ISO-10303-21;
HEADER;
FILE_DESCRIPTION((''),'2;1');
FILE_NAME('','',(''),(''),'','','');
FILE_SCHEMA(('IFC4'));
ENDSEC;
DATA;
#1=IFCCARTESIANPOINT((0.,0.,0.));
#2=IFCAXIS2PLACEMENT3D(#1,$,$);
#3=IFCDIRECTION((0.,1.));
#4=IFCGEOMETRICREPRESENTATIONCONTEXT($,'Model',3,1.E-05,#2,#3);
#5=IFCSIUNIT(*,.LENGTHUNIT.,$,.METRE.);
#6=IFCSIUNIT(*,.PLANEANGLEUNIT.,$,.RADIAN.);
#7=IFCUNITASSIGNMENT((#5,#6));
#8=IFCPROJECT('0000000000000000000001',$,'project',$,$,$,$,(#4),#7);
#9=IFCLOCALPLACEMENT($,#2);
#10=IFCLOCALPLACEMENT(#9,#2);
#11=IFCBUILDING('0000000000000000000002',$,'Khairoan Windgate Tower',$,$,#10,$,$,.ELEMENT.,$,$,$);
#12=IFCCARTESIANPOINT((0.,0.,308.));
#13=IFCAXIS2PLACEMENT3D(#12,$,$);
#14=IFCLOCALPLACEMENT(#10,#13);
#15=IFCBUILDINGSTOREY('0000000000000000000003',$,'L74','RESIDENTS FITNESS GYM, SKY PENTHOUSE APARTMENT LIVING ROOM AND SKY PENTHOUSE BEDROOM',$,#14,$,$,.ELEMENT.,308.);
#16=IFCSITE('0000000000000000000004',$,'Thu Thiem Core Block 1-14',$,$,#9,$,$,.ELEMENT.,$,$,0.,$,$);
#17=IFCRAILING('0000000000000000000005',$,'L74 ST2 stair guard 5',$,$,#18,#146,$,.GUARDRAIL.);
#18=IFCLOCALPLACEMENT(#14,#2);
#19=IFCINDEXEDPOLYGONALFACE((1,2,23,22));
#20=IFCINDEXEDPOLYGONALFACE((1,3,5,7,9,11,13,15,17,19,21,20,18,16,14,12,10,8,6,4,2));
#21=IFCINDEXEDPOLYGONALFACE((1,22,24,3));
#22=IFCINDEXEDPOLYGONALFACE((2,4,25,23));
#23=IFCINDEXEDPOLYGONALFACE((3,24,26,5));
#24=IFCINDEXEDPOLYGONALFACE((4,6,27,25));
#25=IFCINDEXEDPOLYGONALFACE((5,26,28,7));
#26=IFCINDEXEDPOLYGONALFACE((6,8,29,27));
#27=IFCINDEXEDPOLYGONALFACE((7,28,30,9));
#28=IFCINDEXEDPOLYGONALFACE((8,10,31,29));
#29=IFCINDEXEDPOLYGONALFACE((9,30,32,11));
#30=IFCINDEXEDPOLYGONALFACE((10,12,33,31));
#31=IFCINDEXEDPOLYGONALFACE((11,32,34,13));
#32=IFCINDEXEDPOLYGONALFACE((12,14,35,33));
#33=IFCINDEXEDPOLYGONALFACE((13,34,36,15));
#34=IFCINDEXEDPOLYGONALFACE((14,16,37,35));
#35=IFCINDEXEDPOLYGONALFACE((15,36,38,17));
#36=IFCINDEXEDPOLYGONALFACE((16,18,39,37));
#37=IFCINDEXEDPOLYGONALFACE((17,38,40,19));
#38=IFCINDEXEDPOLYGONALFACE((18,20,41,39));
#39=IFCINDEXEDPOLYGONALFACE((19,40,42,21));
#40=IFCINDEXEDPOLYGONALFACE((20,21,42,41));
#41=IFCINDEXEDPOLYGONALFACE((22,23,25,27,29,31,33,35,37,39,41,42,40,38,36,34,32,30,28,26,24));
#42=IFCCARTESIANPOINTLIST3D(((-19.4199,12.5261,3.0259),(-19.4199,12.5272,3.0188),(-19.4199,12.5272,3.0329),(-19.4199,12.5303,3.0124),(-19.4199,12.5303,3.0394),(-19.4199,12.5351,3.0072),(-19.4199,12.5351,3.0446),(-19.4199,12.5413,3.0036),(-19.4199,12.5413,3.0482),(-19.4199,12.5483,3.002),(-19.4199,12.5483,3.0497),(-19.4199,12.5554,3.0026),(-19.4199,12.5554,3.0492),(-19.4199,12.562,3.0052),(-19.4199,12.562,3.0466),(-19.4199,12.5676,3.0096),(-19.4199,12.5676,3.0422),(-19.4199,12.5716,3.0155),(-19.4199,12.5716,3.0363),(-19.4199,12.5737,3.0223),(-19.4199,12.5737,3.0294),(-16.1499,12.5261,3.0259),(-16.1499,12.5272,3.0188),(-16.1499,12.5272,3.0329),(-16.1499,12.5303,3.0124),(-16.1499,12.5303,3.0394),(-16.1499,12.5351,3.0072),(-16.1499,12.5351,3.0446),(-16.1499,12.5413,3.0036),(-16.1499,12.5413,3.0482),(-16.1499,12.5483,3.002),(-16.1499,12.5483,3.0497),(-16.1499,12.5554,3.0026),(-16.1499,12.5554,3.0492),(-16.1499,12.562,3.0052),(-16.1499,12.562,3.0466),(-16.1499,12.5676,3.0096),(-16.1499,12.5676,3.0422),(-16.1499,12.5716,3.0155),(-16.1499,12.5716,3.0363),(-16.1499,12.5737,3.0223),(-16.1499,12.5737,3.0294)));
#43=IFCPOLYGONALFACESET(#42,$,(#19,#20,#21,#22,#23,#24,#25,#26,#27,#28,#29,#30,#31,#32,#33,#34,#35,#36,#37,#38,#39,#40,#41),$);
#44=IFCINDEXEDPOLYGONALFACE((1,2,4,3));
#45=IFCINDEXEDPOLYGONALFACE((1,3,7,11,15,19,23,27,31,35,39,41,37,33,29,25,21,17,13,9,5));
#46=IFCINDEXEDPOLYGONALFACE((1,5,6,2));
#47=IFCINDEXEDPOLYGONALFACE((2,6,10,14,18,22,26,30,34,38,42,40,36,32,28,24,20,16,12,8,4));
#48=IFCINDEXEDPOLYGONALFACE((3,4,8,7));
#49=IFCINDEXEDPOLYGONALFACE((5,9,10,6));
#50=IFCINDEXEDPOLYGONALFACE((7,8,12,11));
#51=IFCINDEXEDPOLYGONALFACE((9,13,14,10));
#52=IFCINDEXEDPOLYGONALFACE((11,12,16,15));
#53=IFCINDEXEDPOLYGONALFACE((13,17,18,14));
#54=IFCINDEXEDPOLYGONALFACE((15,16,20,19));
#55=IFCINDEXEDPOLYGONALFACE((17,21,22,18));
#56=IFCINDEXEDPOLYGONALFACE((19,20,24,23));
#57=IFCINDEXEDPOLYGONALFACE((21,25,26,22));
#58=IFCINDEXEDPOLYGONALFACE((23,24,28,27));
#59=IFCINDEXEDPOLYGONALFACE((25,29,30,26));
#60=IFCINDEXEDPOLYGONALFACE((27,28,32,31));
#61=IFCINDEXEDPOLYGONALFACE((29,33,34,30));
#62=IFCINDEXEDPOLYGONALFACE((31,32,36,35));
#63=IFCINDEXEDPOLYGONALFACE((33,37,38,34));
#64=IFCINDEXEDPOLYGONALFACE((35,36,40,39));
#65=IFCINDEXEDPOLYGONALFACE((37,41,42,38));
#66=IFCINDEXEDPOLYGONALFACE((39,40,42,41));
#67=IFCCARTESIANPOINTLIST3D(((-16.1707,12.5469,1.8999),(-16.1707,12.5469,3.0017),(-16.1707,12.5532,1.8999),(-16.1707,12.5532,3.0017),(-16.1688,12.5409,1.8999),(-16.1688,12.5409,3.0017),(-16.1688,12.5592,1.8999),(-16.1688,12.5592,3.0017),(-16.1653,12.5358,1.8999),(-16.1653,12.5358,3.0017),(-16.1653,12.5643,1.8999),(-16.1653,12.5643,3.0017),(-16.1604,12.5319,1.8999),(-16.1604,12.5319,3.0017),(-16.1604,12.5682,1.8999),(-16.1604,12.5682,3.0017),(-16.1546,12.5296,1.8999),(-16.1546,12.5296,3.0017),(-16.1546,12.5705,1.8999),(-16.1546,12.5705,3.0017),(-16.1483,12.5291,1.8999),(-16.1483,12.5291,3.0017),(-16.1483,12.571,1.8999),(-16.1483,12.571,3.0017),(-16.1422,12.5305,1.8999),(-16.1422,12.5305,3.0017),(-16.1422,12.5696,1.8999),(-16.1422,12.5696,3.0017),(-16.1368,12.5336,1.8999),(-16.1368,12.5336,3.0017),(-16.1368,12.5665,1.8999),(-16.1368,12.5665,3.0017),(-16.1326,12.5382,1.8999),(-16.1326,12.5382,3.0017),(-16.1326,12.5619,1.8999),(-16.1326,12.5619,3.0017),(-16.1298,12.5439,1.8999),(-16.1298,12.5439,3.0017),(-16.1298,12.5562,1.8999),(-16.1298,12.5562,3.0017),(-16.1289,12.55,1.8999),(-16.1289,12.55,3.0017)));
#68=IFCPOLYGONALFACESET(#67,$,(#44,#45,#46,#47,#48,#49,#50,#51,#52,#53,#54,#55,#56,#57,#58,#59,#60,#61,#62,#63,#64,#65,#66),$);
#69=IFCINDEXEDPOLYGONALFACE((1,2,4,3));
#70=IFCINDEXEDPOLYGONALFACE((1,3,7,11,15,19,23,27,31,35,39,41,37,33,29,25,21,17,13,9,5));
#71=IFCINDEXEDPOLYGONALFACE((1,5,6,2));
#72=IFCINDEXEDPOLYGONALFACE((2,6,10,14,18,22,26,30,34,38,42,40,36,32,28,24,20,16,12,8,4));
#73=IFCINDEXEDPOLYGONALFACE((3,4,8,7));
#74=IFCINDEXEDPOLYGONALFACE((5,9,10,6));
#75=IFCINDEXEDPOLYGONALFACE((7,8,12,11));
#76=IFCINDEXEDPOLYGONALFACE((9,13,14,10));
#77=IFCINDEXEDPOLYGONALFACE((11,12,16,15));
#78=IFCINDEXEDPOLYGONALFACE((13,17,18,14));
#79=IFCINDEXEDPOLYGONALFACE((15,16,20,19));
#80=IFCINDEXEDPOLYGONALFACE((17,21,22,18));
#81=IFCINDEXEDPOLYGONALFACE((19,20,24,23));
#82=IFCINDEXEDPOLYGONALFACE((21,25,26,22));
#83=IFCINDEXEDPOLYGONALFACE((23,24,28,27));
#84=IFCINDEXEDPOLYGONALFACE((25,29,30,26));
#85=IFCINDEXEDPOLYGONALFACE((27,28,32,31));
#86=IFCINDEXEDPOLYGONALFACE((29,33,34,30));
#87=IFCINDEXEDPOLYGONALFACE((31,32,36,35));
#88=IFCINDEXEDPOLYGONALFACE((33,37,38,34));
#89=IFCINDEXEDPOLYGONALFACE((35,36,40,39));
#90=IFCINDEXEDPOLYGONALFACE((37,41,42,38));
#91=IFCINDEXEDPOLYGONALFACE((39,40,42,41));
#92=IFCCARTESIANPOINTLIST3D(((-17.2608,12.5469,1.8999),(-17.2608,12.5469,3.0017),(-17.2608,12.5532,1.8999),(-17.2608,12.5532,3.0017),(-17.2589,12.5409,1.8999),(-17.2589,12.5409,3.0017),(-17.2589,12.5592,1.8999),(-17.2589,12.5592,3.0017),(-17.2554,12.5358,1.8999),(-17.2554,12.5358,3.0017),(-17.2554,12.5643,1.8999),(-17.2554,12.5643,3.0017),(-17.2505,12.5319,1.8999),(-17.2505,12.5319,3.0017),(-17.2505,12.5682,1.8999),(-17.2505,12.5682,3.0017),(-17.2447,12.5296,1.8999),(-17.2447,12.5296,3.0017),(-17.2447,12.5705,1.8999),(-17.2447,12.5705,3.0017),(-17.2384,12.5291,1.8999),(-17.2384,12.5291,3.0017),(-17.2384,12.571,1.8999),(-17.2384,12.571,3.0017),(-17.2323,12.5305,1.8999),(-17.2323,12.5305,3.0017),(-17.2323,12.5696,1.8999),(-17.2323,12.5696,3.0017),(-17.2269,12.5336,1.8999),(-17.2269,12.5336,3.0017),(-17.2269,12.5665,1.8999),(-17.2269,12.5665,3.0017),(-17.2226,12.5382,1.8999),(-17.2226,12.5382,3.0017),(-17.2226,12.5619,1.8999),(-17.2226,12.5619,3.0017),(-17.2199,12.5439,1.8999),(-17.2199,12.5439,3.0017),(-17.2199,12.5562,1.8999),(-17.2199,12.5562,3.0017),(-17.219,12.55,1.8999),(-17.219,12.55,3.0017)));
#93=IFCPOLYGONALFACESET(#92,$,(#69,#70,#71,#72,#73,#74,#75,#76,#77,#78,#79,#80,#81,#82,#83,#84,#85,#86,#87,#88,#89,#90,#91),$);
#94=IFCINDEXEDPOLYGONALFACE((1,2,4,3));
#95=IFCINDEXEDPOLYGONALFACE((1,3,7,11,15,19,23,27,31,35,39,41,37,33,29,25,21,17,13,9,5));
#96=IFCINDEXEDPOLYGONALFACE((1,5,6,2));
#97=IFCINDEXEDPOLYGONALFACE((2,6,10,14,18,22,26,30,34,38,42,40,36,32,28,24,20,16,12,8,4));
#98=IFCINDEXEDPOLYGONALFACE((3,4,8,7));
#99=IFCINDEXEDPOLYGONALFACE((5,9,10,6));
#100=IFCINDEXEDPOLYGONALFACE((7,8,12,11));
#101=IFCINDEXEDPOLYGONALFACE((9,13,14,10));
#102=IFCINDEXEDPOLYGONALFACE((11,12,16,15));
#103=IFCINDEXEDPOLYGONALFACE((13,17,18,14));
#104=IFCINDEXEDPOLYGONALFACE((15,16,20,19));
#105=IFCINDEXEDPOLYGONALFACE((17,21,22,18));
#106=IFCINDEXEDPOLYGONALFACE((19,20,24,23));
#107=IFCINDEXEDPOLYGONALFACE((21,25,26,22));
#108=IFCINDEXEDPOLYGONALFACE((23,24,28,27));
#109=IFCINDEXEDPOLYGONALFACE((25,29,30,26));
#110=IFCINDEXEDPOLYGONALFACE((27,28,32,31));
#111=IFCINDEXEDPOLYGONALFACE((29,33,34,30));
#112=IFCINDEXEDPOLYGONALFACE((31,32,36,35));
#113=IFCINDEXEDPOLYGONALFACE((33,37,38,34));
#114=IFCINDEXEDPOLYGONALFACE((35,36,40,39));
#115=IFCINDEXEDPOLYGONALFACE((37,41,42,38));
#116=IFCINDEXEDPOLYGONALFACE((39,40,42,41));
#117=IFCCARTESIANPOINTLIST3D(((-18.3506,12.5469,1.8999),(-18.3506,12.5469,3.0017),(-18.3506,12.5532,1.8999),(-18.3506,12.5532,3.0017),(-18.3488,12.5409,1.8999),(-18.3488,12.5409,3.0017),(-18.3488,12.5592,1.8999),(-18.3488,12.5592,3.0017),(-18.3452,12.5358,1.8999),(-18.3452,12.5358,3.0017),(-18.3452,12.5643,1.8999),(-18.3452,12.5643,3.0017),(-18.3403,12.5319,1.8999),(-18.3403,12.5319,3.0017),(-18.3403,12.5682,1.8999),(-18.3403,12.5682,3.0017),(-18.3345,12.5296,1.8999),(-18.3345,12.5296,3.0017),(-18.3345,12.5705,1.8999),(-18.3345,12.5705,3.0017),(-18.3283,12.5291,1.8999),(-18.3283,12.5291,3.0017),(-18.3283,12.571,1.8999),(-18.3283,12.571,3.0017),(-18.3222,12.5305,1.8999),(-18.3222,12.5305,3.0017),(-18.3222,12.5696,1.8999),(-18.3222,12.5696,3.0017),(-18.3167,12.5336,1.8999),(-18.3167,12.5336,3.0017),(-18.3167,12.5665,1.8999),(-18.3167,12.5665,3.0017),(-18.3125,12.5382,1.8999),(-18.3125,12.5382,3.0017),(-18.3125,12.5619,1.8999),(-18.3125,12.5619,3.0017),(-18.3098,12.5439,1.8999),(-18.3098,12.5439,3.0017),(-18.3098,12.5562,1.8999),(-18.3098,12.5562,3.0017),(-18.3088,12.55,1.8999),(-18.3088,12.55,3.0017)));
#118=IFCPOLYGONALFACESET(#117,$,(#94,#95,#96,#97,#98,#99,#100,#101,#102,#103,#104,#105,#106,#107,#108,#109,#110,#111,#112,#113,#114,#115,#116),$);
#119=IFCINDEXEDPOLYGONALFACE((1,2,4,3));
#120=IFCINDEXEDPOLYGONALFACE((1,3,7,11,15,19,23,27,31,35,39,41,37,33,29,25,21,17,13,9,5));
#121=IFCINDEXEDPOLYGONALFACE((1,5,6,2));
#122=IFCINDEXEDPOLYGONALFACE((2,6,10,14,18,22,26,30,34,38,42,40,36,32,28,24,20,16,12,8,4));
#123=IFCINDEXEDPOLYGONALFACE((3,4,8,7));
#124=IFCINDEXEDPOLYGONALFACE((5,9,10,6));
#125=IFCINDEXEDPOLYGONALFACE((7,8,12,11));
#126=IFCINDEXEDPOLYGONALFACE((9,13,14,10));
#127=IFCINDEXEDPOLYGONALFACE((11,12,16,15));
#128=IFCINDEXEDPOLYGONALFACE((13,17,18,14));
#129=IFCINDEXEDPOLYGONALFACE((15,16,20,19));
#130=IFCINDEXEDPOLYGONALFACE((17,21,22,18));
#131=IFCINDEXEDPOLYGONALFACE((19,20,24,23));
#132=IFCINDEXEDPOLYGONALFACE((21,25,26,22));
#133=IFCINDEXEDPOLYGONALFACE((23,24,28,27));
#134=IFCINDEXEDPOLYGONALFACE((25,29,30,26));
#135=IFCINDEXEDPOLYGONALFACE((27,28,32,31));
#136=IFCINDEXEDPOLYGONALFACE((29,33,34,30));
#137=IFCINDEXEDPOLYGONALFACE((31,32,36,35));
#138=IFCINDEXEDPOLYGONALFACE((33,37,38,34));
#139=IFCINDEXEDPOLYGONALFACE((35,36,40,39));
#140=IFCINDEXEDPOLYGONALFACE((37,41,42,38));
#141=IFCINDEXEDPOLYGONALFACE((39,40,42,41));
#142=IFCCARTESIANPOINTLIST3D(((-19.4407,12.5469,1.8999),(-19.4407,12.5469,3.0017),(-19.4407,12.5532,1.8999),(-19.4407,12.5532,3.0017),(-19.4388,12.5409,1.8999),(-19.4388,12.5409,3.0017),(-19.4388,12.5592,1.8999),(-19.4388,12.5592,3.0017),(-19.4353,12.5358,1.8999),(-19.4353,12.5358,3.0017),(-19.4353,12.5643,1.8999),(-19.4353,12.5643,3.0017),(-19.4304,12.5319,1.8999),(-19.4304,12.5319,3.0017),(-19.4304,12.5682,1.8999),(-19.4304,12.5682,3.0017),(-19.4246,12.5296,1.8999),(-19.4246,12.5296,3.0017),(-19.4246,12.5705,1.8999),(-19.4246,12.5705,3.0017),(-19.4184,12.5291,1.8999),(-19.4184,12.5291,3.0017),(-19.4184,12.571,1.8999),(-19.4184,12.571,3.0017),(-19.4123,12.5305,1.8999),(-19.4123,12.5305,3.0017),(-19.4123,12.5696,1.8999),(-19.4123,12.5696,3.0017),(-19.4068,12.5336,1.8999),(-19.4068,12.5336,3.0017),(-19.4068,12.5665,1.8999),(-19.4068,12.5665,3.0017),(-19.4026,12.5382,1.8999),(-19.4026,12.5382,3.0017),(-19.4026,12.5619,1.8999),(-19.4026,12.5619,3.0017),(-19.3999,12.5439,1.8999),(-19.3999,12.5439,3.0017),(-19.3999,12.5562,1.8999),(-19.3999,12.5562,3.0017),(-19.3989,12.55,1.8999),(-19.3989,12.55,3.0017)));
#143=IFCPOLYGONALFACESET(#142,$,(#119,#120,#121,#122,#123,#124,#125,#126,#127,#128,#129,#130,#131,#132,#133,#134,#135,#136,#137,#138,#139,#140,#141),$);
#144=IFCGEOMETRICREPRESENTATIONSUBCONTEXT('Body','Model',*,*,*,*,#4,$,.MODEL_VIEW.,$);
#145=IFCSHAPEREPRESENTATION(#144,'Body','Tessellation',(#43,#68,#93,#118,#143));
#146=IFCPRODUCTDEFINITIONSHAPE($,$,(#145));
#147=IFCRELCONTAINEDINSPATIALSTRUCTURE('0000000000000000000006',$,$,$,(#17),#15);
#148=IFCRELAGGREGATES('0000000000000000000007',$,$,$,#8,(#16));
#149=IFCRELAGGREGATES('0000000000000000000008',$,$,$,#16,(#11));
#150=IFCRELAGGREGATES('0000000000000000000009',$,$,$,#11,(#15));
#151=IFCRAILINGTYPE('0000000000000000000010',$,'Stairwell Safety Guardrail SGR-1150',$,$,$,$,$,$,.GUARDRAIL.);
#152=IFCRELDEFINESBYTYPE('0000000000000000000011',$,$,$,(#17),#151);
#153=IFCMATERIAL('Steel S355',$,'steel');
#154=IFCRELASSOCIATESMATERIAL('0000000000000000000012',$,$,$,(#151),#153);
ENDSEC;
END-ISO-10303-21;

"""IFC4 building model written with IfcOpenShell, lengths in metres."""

from ifc_helpers import new_model, si_unit, direction, frame, origin, origin_2d, place, context, subcontext, project, spatial, circle, extrude, material, type_object, element, save


model = new_model("IFC4")

# Units and contexts
model_context = context("Model", 3, precision=1e-05, world=origin(), true_north=direction((0.0, 1.0)))
body_context = subcontext(model_context, "Body", "Model", "MODEL_VIEW")
ifc_project = project(units=[si_unit("LENGTHUNIT", "METRE"), si_unit("PLANEANGLEUNIT", "RADIAN")], contexts=[model_context])

# Site, building, storey
site_placement = place(None, origin())
site = spatial("IfcSite", under=ifc_project, at=site_placement, Name="Thu Thiem Core Block 1-14", CompositionType="ELEMENT", RefElevation=0.0)
building_placement = place(site_placement, origin())
building = spatial("IfcBuilding", under=site, at=building_placement, Name="Khairoan Windgate Tower", CompositionType="ELEMENT")
storey_placement = place(building_placement, frame((0.0, 0.0, 308.0)))
storey = spatial("IfcBuildingStorey", under=building, at=storey_placement, Name="L74", Description="RESIDENTS FITNESS GYM, SKY PENTHOUSE APARTMENT LIVING ROOM AND SKY PENTHOUSE BEDROOM", CompositionType="ELEMENT", Elevation=308.0)

# Railing
ifc_material_1 = material(Name="Steel S355", Category="steel")
railing_type = type_object("IfcRailingType", Name="Stairwell Safety Guardrail SGR-1150", PredefinedType="GUARDRAIL", material=ifc_material_1)
railing_1_placement = place(storey_placement, frame((-16.1499, 12.55, 1.8999)))
element("IfcRailing", 1, at=railing_1_placement, inside=storey, type_object=railing_type, Name="L74 ST2 stair guard 5", PredefinedType="GUARDRAIL", context=body_context, shape_type="SweptSolid", body=[
    extrude(circle(Radius=0.0239, at=origin_2d()), frame((0.0, 0.0, 1.126), z_axis=(-1.0, 0.0, 0.0), x_axis=(0.0, -1.0, 0.0)), (0.0, 0.0, 1.0), 3.27),
    extrude(circle(Radius=0.021, at=origin_2d()), origin(), (0.0, 0.0, 1.0), 1.1018),
    extrude(circle(Radius=0.021, at=origin_2d()), frame((-1.0901, 0.0, 0.0)), (0.0, 0.0, 1.0), 1.1018),
    extrude(circle(Radius=0.021, at=origin_2d()), frame((-2.1799, 0.0, 0.0)), (0.0, 0.0, 1.0), 1.1018),
    extrude(circle(Radius=0.021, at=origin_2d()), frame((-3.27, 0.0, 0.0)), (0.0, 0.0, 1.0), 1.1018),
])

save(model, "model.ifc")
